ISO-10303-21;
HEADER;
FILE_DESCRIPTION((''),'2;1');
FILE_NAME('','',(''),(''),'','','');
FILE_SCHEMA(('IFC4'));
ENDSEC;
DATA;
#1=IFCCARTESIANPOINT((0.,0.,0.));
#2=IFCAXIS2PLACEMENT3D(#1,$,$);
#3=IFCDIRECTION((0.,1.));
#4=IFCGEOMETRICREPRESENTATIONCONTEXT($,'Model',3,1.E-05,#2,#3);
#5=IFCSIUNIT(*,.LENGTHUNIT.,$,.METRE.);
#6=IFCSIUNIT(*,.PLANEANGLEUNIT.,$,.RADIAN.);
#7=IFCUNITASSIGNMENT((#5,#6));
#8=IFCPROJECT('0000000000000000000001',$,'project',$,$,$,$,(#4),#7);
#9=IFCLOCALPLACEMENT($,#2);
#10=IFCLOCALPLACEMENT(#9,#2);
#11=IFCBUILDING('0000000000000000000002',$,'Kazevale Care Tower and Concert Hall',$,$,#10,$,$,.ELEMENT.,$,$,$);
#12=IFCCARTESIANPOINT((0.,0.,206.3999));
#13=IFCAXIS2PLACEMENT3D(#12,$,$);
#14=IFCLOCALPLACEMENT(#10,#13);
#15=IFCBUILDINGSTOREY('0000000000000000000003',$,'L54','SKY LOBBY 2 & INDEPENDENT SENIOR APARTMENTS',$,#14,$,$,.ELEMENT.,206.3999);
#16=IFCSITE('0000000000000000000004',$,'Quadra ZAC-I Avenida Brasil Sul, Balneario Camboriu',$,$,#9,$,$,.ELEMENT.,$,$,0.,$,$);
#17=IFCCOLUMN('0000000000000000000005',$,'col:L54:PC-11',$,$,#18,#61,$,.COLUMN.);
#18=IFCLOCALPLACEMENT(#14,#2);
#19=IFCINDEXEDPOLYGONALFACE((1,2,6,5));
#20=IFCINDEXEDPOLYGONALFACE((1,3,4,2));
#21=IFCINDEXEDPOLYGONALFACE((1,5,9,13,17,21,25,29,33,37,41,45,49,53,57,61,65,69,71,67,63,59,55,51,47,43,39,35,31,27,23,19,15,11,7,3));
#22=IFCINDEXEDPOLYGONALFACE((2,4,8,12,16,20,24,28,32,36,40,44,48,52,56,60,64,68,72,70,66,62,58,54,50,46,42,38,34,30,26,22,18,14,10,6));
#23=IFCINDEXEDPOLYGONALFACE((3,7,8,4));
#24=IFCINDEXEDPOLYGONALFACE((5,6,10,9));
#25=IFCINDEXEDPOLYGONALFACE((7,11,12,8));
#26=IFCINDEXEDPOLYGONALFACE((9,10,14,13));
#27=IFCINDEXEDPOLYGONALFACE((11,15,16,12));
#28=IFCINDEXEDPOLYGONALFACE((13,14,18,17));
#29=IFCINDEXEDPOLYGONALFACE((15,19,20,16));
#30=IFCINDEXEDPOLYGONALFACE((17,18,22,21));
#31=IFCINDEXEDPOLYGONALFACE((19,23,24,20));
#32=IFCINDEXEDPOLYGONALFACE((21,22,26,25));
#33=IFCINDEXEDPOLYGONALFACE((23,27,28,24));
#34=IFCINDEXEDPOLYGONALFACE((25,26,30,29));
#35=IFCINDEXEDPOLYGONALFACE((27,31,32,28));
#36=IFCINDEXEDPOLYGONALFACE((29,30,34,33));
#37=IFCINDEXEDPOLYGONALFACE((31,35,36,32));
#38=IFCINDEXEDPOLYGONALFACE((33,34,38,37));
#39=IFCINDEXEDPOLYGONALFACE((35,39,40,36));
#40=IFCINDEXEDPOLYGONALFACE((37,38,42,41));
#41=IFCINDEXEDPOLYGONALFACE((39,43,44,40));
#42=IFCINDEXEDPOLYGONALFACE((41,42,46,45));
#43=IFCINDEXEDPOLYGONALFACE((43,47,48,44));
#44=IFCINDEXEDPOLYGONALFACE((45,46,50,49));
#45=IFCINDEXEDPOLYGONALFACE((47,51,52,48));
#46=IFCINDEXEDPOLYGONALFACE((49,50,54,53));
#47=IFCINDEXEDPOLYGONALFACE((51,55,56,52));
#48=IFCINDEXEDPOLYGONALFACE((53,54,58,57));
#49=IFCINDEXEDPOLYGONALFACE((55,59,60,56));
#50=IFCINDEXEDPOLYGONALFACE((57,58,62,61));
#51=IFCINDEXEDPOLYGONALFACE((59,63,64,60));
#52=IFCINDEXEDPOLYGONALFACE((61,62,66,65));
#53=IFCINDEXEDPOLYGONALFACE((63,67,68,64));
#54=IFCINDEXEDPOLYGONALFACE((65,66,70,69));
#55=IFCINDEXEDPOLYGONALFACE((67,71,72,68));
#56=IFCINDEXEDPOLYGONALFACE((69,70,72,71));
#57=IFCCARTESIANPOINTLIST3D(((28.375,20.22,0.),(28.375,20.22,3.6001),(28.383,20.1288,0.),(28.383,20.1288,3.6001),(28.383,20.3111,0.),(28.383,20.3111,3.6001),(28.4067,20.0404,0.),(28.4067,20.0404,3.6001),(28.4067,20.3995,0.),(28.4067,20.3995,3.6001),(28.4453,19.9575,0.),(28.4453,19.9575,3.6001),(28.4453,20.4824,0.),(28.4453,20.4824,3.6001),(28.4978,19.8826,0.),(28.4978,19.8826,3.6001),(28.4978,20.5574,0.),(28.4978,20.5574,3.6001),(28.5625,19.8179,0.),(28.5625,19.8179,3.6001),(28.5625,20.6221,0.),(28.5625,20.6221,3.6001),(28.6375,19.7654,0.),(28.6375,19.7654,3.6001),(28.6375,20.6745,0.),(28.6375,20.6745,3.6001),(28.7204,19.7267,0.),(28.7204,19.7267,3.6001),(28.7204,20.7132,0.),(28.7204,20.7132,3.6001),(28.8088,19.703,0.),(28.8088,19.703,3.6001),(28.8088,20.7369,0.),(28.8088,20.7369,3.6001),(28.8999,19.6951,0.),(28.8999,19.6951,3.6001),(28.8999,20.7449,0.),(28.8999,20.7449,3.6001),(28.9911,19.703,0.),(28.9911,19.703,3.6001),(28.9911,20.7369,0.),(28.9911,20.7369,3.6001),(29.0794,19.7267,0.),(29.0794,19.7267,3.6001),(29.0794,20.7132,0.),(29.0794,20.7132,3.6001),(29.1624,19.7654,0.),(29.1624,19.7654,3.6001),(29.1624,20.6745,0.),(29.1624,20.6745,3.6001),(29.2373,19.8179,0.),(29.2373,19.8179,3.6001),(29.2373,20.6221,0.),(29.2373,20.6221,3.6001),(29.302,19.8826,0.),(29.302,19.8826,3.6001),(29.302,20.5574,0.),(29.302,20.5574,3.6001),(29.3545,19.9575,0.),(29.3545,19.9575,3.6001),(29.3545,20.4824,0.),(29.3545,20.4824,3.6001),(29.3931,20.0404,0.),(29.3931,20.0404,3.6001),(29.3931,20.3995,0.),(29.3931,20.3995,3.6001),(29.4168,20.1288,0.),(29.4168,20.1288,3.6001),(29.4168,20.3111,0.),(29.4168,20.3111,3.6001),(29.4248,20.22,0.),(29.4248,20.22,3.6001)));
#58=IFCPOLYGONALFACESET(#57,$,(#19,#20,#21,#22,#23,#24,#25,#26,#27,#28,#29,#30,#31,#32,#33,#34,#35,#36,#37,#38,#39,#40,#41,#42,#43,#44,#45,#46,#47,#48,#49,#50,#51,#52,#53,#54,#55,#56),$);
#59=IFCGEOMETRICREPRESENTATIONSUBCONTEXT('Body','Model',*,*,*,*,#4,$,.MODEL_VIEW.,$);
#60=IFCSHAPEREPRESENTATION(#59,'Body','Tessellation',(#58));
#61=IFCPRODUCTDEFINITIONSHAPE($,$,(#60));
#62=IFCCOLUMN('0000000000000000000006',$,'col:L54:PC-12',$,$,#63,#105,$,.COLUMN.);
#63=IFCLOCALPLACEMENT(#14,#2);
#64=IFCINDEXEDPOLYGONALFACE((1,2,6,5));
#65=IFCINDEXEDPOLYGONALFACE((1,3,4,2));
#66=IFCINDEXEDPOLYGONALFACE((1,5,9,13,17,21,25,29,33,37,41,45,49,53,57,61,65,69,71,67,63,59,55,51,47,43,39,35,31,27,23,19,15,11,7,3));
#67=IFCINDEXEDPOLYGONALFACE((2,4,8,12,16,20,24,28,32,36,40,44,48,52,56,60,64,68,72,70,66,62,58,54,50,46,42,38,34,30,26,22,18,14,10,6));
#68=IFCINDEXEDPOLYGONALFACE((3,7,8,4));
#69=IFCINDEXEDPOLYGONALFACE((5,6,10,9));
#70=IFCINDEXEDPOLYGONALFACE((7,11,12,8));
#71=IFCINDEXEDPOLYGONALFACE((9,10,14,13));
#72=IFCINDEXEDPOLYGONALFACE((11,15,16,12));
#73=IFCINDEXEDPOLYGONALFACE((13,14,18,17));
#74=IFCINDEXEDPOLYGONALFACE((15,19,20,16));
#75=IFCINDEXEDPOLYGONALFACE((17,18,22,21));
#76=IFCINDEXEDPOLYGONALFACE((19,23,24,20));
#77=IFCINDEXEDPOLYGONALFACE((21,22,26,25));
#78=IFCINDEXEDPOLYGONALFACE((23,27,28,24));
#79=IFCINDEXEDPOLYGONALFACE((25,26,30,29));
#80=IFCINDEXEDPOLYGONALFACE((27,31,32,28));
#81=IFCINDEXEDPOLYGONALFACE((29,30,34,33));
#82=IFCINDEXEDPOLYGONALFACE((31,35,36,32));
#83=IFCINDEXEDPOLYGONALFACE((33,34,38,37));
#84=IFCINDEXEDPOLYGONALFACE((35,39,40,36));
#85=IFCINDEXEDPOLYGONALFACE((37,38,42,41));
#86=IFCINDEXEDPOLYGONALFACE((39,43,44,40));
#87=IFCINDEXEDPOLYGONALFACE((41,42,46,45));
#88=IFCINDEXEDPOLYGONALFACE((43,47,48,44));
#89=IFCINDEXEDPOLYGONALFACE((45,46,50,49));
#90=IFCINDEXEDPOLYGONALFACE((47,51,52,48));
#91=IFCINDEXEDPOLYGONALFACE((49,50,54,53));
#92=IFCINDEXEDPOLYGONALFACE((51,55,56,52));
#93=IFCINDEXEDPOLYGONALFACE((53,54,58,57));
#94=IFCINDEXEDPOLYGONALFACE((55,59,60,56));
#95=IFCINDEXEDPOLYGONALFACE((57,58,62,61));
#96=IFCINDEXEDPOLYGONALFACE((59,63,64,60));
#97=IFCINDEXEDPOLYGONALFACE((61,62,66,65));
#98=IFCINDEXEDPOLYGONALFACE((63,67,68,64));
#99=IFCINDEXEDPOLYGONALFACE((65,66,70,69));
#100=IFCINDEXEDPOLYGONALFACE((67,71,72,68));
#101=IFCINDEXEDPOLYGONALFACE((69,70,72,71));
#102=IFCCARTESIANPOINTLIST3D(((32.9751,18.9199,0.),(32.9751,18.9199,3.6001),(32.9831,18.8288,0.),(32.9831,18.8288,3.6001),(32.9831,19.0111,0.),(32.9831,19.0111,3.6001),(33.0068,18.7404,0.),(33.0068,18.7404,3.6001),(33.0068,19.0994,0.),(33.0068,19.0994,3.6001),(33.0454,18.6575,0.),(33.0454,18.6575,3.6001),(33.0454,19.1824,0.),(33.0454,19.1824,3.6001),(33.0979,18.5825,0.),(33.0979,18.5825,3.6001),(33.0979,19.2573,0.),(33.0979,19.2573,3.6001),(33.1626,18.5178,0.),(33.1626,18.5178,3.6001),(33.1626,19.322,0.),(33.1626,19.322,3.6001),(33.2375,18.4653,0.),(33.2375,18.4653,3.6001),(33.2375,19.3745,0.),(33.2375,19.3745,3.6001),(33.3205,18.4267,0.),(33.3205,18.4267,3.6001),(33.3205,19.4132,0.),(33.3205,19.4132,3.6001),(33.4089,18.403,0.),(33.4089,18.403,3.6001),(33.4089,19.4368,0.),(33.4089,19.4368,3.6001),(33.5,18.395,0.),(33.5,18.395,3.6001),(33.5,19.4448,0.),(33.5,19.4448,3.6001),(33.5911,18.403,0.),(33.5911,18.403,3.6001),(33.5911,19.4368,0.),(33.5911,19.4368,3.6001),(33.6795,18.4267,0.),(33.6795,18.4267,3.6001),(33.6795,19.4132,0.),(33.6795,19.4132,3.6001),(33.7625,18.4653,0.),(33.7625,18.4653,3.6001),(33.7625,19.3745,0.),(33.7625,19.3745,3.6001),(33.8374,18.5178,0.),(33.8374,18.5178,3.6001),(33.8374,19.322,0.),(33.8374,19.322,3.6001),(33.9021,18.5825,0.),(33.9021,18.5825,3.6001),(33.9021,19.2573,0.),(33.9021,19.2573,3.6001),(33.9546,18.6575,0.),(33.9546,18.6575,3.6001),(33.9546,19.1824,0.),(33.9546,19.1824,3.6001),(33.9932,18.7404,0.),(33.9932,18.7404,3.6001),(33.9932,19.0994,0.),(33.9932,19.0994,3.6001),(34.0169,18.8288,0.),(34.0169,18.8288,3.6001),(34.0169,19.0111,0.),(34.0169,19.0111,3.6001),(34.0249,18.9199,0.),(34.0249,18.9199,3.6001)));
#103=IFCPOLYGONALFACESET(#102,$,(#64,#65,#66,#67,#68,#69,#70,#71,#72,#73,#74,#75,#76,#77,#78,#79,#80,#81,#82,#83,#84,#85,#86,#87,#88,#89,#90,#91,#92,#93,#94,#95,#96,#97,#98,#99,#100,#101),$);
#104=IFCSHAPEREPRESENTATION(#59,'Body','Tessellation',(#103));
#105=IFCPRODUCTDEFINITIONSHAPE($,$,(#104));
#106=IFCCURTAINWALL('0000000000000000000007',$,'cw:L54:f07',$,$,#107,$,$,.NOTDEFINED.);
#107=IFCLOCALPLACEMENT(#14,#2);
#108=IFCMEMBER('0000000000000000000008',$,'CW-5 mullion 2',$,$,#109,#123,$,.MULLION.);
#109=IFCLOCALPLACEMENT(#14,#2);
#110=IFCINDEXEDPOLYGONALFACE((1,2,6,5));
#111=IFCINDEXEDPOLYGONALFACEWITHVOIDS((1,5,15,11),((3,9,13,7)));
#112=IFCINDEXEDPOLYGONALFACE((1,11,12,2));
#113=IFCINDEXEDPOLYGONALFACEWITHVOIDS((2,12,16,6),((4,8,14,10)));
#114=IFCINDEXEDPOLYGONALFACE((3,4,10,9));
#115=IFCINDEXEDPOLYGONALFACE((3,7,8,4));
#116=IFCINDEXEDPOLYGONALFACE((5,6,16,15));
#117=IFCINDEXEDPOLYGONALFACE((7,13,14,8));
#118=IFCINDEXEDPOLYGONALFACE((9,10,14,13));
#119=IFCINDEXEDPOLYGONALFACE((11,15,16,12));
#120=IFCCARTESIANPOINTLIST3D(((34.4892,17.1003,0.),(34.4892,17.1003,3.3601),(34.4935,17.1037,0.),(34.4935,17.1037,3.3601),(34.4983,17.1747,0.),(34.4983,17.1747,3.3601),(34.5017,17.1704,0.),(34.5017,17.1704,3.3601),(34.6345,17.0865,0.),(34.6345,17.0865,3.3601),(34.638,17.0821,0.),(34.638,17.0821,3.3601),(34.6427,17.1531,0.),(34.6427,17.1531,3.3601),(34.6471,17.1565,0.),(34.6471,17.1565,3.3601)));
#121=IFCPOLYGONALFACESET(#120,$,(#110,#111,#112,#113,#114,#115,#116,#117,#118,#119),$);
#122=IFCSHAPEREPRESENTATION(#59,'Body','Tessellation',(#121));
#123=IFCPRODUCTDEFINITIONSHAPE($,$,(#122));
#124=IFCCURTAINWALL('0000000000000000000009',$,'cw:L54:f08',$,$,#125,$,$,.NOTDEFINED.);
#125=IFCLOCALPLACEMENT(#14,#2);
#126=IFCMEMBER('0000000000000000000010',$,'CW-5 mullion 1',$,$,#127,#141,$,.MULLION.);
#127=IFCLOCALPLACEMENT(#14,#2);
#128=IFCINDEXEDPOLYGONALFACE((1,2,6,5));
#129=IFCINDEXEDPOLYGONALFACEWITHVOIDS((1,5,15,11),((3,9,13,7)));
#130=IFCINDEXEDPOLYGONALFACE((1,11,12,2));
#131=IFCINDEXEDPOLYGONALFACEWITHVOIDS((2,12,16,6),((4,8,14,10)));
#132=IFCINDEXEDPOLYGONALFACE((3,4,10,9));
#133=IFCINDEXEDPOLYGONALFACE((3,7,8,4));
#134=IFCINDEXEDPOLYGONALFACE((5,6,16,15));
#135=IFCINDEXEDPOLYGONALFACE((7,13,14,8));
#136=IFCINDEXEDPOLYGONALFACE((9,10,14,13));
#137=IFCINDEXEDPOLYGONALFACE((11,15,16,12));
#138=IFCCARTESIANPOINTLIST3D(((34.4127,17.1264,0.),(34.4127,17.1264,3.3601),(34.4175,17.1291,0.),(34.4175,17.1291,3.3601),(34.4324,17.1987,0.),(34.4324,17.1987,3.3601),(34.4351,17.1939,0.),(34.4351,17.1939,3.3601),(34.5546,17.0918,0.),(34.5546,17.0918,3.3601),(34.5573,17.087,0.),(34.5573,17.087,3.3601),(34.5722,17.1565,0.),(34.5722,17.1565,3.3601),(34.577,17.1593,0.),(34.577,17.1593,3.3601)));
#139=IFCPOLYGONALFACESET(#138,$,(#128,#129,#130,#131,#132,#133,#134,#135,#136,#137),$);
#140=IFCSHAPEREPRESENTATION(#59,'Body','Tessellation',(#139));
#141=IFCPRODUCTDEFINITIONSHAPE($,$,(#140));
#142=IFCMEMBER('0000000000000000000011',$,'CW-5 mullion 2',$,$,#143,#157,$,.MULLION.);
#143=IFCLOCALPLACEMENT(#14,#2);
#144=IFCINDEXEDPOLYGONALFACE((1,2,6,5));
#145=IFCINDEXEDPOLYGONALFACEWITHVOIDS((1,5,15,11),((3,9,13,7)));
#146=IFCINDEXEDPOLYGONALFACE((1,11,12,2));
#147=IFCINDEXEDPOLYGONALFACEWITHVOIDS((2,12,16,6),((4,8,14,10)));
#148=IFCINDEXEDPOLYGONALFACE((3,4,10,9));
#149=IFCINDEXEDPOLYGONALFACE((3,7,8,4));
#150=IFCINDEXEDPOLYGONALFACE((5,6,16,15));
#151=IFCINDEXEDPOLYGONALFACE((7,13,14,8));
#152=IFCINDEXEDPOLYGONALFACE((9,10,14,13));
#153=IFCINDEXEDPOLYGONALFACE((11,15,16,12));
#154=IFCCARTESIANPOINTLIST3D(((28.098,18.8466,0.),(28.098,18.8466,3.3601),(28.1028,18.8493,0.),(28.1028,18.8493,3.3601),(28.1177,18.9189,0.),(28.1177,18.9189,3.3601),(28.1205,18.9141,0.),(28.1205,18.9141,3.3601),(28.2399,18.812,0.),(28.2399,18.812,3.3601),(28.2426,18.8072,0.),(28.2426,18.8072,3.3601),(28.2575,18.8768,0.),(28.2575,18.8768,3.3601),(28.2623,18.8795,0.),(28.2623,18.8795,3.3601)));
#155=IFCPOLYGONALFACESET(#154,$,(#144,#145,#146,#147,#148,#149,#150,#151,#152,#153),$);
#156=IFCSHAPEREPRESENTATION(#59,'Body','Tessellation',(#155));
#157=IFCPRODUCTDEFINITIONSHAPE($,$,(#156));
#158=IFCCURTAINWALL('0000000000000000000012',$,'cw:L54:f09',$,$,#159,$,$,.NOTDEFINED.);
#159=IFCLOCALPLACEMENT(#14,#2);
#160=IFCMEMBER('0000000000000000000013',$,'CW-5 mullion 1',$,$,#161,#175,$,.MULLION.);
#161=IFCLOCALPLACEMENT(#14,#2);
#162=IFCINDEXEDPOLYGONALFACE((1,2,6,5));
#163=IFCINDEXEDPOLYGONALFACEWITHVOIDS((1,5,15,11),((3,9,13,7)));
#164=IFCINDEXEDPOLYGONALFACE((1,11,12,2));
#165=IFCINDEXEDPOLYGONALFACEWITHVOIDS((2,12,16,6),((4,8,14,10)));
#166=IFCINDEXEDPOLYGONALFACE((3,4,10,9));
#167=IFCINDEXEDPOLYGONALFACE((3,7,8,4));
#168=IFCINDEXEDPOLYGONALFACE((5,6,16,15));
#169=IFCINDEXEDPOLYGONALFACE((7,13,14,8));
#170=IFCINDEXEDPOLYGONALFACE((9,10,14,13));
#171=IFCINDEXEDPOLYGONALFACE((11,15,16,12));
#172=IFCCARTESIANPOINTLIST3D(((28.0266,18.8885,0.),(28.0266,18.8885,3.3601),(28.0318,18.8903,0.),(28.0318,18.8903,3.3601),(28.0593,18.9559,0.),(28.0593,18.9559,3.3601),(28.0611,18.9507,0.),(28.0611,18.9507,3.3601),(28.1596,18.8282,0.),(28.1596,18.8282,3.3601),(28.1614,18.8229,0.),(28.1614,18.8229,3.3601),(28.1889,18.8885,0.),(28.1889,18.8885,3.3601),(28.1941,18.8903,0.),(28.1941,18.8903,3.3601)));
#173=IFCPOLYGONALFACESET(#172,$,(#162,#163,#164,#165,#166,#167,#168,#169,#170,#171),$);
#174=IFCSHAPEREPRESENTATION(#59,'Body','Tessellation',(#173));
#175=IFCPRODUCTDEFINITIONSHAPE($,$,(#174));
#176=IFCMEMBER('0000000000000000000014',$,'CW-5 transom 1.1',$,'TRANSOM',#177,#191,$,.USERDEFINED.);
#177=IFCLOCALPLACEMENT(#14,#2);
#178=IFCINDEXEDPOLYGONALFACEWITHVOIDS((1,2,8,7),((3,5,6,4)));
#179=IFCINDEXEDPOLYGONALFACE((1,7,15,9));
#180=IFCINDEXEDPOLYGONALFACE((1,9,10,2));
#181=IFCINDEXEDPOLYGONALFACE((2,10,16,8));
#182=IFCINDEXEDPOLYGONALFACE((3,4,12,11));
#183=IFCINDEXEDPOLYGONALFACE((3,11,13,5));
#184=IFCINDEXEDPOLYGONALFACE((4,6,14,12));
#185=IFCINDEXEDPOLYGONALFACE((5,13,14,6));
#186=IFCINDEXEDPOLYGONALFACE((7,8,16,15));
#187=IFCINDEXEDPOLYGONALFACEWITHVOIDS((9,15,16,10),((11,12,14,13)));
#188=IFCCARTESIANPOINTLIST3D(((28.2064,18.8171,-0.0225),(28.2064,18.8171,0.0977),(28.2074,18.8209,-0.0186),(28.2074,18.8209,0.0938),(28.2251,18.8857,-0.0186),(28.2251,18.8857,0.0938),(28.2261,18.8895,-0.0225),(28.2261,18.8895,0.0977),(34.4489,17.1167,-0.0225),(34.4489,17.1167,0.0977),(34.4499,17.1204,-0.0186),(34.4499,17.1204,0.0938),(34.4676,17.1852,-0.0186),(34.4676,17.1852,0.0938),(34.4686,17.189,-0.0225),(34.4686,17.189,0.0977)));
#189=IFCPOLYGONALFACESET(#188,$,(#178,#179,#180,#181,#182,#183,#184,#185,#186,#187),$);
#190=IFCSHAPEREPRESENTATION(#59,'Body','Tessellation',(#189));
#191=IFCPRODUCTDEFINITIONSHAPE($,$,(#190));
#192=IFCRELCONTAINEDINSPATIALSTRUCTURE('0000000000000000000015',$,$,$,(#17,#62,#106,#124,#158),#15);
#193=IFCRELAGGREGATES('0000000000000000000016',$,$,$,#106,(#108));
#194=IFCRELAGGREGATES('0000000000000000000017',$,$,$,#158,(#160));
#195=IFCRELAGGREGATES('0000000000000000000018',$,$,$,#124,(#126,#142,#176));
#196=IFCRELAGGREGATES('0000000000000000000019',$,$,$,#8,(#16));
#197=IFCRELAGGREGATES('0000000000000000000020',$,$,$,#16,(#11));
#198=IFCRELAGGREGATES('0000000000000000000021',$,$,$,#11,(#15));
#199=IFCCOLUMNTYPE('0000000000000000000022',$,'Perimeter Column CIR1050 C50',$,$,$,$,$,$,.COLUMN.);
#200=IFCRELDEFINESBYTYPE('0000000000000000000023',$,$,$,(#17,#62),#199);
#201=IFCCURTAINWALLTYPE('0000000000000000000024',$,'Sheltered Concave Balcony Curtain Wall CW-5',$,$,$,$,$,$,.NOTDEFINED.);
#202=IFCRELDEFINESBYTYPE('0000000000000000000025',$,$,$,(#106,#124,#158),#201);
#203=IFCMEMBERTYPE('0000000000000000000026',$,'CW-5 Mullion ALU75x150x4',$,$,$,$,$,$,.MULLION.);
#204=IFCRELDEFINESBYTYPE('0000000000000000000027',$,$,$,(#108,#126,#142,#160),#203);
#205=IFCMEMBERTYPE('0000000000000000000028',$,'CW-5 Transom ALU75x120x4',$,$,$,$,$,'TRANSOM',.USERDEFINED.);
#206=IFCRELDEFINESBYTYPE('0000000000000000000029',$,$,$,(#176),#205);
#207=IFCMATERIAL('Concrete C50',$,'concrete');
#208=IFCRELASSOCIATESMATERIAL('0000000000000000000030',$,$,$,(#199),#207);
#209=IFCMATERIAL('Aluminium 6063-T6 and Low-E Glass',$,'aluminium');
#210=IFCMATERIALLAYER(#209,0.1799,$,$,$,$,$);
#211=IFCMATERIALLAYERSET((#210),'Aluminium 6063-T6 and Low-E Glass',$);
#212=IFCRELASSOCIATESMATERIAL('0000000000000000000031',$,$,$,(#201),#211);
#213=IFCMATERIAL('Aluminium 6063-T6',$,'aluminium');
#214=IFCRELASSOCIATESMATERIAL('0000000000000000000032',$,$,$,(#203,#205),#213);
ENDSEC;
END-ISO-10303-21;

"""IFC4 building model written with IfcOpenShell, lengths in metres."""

from ifc_helpers import new_model, si_unit, direction, frame, origin, origin_2d, place, context, subcontext, project, spatial, hollow_rectangle, circle, extrude, material, layer, layer_set, material_profile, profile_set, type_object, element, aggregate, save


model = new_model("IFC4")

# Units and contexts
model_context = context("Model", 3, precision=1e-05, world=origin(), true_north=direction((0.0, 1.0)))
body_context = subcontext(model_context, "Body", "Model", "MODEL_VIEW")
ifc_project = project(units=[si_unit("LENGTHUNIT", "METRE"), si_unit("PLANEANGLEUNIT", "RADIAN")], contexts=[model_context])

# Site, building, storey
site_placement = place(None, origin())
site = spatial("IfcSite", under=ifc_project, at=site_placement, Name="Quadra ZAC-I Avenida Brasil Sul, Balneario Camboriu", CompositionType="ELEMENT", RefElevation=0.0)
building_placement = place(site_placement, origin())
building = spatial("IfcBuilding", under=site, at=building_placement, Name="Kazevale Care Tower and Concert Hall", CompositionType="ELEMENT")
storey_placement = place(building_placement, frame((0.0, 0.0, 206.3999)))
storey = spatial("IfcBuildingStorey", under=building, at=storey_placement, Name="L54", Description="SKY LOBBY 2 & INDEPENDENT SENIOR APARTMENTS", CompositionType="ELEMENT", Elevation=206.3999)

# Columns
ifc_material_1 = material(Name="Concrete C50", Category="concrete")
ifc_material_profile_1 = material_profile(ifc_material_1, circle(Radius=0.5249, at=origin_2d()), Name="RC-CIR1050")
ifc_profile_set_1 = profile_set([ifc_material_profile_1], Name="Concrete C50")
column_type = type_object("IfcColumnType", Name="Perimeter Column CIR1050 C50", PredefinedType="COLUMN", material=ifc_profile_set_1)
for number, where, z_axis, x_axis, name in (
    (1, (28.8999, 20.22, 0.0), (0.0, 0.0, 1.0), (1.0, 0.0, 0.0), "col:L54:PC-11"),
    (2, (33.5, 18.9199, 0.0), (0.0, 0.0, 1.0), (1.0, 0.0, 0.0), "col:L54:PC-12"),
):
    element("IfcColumn", number, at=place(storey_placement, frame(where, z_axis=z_axis, x_axis=x_axis)), inside=storey, type_object=column_type, Name=name, PredefinedType="COLUMN", context=body_context, shape_type="SweptSolid", body=[
        extrude(circle(Radius=0.5249, at=origin_2d()), origin(), (0.0, 0.0, 1.0), 3.6001),
    ])

# Curtain wall, member
ifc_material_2 = material(Name="Aluminium 6063-T6 and Low-E Glass", Category="aluminium")
ifc_layer_1 = layer(ifc_material_2, 0.1799)
ifc_layer_set_1 = layer_set([ifc_layer_1], Name="Aluminium 6063-T6 and Low-E Glass")
curtain_wall_type = type_object("IfcCurtainWallType", Name="Sheltered Concave Balcony Curtain Wall CW-5", PredefinedType="NOTDEFINED", material=ifc_layer_set_1)
curtain_wall_1_placement = place(storey_placement, origin())
curtain_wall_1 = element("IfcCurtainWall", 3, at=curtain_wall_1_placement, inside=storey, type_object=curtain_wall_type, Name="cw:L54:f07", PredefinedType="NOTDEFINED")
ifc_material_3 = material(Name="Aluminium 6063-T6", Category="aluminium")
ifc_material_profile_2 = material_profile(ifc_material_3, hollow_rectangle(XDim=0.075, YDim=0.1499, WallThickness=0.0039, at=origin_2d()), Name="ALU75x150x4")
ifc_profile_set_2 = profile_set([ifc_material_profile_2], Name="Aluminium 6063-T6")
member_type_1 = type_object("IfcMemberType", Name="CW-5 Mullion ALU75x150x4", PredefinedType="MULLION", material=ifc_profile_set_2)
member_1_placement = place(storey_placement, frame((34.5681, 17.1284, 0.0), z_axis=(0.0, 0.0, 1.0), x_axis=(-0.121651, -0.992573, 0.0)))
member_1 = element("IfcMember", 4, at=member_1_placement, type_object=member_type_1, Name="CW-5 mullion 2", PredefinedType="MULLION", context=body_context, shape_type="SweptSolid", body=[
    extrude(hollow_rectangle(XDim=0.075, YDim=0.1499, WallThickness=0.0039, at=origin_2d()), origin(), (0.0, 0.0, 1.0), 3.3601),
])
aggregate(curtain_wall_1, [member_1])

# Curtain wall, members
curtain_wall_2_placement = place(storey_placement, origin())
curtain_wall_2 = element("IfcCurtainWall", 5, at=curtain_wall_2_placement, inside=storey, type_object=curtain_wall_type, Name="cw:L54:f08", PredefinedType="NOTDEFINED")
member_2_placement = place(storey_placement, frame((34.4949, 17.1428, 0.0), z_axis=(0.0, 0.0, 1.0), x_axis=(-0.262849, -0.964837, 0.0)))
member_2 = element("IfcMember", 6, at=member_2_placement, type_object=member_type_1, Name="CW-5 mullion 1", PredefinedType="MULLION", context=body_context, shape_type="SweptSolid", body=[
    extrude(hollow_rectangle(XDim=0.075, YDim=0.1499, WallThickness=0.0039, at=origin_2d()), origin(), (0.0, 0.0, 1.0), 3.3601),
])
member_3_placement = place(storey_placement, frame((28.1802, 18.863, 0.0), z_axis=(0.0, 0.0, 1.0), x_axis=(-0.262849, -0.964837, 0.0)))
member_3 = element("IfcMember", 7, at=member_3_placement, type_object=member_type_1, Name="CW-5 mullion 2", PredefinedType="MULLION", context=body_context, shape_type="SweptSolid", body=[
    extrude(hollow_rectangle(XDim=0.075, YDim=0.1499, WallThickness=0.0039, at=origin_2d()), origin(), (0.0, 0.0, 1.0), 3.3601),
])

# Curtain wall, member
curtain_wall_3_placement = place(storey_placement, origin())
curtain_wall_3 = element("IfcCurtainWall", 8, at=curtain_wall_3_placement, inside=storey, type_object=curtain_wall_type, Name="cw:L54:f09", PredefinedType="NOTDEFINED")
member_4_placement = place(storey_placement, frame((28.1104, 18.8894, 0.0), z_axis=(0.0, 0.0, 1.0), x_axis=(-0.437238, -0.899346, 0.0)))
member_4 = element("IfcMember", 9, at=member_4_placement, type_object=member_type_1, Name="CW-5 mullion 1", PredefinedType="MULLION", context=body_context, shape_type="SweptSolid", body=[
    extrude(hollow_rectangle(XDim=0.075, YDim=0.1499, WallThickness=0.0039, at=origin_2d()), origin(), (0.0, 0.0, 1.0), 3.3601),
])

# Member
ifc_material_profile_3 = material_profile(ifc_material_3, hollow_rectangle(XDim=0.075, YDim=0.1201, WallThickness=0.0039, at=origin_2d()), Name="ALU75x120x4")
ifc_profile_set_3 = profile_set([ifc_material_profile_3], Name="Aluminium 6063-T6")
member_type_2 = type_object("IfcMemberType", Name="CW-5 Transom ALU75x120x4", ElementType="TRANSOM", PredefinedType="USERDEFINED", material=ifc_profile_set_3)
member_5_placement = place(storey_placement, frame((34.4587, 17.1528, 0.0376), z_axis=(-0.964844, 0.262824, 0.0), x_axis=(-0.262824, -0.964844, 0.0)))
member_5 = element("IfcMember", 10, at=member_5_placement, type_object=member_type_2, Name="CW-5 transom 1.1", ObjectType="TRANSOM", PredefinedType="USERDEFINED", context=body_context, shape_type="SweptSolid", body=[
    extrude(hollow_rectangle(XDim=0.075, YDim=0.1201, WallThickness=0.0039, at=origin_2d()), origin(), (0.0, 0.0, 1.0), 6.47),
])
aggregate(curtain_wall_3, [member_4])

aggregate(curtain_wall_2, [member_2, member_3, member_5])

save(model, "model.ifc")
